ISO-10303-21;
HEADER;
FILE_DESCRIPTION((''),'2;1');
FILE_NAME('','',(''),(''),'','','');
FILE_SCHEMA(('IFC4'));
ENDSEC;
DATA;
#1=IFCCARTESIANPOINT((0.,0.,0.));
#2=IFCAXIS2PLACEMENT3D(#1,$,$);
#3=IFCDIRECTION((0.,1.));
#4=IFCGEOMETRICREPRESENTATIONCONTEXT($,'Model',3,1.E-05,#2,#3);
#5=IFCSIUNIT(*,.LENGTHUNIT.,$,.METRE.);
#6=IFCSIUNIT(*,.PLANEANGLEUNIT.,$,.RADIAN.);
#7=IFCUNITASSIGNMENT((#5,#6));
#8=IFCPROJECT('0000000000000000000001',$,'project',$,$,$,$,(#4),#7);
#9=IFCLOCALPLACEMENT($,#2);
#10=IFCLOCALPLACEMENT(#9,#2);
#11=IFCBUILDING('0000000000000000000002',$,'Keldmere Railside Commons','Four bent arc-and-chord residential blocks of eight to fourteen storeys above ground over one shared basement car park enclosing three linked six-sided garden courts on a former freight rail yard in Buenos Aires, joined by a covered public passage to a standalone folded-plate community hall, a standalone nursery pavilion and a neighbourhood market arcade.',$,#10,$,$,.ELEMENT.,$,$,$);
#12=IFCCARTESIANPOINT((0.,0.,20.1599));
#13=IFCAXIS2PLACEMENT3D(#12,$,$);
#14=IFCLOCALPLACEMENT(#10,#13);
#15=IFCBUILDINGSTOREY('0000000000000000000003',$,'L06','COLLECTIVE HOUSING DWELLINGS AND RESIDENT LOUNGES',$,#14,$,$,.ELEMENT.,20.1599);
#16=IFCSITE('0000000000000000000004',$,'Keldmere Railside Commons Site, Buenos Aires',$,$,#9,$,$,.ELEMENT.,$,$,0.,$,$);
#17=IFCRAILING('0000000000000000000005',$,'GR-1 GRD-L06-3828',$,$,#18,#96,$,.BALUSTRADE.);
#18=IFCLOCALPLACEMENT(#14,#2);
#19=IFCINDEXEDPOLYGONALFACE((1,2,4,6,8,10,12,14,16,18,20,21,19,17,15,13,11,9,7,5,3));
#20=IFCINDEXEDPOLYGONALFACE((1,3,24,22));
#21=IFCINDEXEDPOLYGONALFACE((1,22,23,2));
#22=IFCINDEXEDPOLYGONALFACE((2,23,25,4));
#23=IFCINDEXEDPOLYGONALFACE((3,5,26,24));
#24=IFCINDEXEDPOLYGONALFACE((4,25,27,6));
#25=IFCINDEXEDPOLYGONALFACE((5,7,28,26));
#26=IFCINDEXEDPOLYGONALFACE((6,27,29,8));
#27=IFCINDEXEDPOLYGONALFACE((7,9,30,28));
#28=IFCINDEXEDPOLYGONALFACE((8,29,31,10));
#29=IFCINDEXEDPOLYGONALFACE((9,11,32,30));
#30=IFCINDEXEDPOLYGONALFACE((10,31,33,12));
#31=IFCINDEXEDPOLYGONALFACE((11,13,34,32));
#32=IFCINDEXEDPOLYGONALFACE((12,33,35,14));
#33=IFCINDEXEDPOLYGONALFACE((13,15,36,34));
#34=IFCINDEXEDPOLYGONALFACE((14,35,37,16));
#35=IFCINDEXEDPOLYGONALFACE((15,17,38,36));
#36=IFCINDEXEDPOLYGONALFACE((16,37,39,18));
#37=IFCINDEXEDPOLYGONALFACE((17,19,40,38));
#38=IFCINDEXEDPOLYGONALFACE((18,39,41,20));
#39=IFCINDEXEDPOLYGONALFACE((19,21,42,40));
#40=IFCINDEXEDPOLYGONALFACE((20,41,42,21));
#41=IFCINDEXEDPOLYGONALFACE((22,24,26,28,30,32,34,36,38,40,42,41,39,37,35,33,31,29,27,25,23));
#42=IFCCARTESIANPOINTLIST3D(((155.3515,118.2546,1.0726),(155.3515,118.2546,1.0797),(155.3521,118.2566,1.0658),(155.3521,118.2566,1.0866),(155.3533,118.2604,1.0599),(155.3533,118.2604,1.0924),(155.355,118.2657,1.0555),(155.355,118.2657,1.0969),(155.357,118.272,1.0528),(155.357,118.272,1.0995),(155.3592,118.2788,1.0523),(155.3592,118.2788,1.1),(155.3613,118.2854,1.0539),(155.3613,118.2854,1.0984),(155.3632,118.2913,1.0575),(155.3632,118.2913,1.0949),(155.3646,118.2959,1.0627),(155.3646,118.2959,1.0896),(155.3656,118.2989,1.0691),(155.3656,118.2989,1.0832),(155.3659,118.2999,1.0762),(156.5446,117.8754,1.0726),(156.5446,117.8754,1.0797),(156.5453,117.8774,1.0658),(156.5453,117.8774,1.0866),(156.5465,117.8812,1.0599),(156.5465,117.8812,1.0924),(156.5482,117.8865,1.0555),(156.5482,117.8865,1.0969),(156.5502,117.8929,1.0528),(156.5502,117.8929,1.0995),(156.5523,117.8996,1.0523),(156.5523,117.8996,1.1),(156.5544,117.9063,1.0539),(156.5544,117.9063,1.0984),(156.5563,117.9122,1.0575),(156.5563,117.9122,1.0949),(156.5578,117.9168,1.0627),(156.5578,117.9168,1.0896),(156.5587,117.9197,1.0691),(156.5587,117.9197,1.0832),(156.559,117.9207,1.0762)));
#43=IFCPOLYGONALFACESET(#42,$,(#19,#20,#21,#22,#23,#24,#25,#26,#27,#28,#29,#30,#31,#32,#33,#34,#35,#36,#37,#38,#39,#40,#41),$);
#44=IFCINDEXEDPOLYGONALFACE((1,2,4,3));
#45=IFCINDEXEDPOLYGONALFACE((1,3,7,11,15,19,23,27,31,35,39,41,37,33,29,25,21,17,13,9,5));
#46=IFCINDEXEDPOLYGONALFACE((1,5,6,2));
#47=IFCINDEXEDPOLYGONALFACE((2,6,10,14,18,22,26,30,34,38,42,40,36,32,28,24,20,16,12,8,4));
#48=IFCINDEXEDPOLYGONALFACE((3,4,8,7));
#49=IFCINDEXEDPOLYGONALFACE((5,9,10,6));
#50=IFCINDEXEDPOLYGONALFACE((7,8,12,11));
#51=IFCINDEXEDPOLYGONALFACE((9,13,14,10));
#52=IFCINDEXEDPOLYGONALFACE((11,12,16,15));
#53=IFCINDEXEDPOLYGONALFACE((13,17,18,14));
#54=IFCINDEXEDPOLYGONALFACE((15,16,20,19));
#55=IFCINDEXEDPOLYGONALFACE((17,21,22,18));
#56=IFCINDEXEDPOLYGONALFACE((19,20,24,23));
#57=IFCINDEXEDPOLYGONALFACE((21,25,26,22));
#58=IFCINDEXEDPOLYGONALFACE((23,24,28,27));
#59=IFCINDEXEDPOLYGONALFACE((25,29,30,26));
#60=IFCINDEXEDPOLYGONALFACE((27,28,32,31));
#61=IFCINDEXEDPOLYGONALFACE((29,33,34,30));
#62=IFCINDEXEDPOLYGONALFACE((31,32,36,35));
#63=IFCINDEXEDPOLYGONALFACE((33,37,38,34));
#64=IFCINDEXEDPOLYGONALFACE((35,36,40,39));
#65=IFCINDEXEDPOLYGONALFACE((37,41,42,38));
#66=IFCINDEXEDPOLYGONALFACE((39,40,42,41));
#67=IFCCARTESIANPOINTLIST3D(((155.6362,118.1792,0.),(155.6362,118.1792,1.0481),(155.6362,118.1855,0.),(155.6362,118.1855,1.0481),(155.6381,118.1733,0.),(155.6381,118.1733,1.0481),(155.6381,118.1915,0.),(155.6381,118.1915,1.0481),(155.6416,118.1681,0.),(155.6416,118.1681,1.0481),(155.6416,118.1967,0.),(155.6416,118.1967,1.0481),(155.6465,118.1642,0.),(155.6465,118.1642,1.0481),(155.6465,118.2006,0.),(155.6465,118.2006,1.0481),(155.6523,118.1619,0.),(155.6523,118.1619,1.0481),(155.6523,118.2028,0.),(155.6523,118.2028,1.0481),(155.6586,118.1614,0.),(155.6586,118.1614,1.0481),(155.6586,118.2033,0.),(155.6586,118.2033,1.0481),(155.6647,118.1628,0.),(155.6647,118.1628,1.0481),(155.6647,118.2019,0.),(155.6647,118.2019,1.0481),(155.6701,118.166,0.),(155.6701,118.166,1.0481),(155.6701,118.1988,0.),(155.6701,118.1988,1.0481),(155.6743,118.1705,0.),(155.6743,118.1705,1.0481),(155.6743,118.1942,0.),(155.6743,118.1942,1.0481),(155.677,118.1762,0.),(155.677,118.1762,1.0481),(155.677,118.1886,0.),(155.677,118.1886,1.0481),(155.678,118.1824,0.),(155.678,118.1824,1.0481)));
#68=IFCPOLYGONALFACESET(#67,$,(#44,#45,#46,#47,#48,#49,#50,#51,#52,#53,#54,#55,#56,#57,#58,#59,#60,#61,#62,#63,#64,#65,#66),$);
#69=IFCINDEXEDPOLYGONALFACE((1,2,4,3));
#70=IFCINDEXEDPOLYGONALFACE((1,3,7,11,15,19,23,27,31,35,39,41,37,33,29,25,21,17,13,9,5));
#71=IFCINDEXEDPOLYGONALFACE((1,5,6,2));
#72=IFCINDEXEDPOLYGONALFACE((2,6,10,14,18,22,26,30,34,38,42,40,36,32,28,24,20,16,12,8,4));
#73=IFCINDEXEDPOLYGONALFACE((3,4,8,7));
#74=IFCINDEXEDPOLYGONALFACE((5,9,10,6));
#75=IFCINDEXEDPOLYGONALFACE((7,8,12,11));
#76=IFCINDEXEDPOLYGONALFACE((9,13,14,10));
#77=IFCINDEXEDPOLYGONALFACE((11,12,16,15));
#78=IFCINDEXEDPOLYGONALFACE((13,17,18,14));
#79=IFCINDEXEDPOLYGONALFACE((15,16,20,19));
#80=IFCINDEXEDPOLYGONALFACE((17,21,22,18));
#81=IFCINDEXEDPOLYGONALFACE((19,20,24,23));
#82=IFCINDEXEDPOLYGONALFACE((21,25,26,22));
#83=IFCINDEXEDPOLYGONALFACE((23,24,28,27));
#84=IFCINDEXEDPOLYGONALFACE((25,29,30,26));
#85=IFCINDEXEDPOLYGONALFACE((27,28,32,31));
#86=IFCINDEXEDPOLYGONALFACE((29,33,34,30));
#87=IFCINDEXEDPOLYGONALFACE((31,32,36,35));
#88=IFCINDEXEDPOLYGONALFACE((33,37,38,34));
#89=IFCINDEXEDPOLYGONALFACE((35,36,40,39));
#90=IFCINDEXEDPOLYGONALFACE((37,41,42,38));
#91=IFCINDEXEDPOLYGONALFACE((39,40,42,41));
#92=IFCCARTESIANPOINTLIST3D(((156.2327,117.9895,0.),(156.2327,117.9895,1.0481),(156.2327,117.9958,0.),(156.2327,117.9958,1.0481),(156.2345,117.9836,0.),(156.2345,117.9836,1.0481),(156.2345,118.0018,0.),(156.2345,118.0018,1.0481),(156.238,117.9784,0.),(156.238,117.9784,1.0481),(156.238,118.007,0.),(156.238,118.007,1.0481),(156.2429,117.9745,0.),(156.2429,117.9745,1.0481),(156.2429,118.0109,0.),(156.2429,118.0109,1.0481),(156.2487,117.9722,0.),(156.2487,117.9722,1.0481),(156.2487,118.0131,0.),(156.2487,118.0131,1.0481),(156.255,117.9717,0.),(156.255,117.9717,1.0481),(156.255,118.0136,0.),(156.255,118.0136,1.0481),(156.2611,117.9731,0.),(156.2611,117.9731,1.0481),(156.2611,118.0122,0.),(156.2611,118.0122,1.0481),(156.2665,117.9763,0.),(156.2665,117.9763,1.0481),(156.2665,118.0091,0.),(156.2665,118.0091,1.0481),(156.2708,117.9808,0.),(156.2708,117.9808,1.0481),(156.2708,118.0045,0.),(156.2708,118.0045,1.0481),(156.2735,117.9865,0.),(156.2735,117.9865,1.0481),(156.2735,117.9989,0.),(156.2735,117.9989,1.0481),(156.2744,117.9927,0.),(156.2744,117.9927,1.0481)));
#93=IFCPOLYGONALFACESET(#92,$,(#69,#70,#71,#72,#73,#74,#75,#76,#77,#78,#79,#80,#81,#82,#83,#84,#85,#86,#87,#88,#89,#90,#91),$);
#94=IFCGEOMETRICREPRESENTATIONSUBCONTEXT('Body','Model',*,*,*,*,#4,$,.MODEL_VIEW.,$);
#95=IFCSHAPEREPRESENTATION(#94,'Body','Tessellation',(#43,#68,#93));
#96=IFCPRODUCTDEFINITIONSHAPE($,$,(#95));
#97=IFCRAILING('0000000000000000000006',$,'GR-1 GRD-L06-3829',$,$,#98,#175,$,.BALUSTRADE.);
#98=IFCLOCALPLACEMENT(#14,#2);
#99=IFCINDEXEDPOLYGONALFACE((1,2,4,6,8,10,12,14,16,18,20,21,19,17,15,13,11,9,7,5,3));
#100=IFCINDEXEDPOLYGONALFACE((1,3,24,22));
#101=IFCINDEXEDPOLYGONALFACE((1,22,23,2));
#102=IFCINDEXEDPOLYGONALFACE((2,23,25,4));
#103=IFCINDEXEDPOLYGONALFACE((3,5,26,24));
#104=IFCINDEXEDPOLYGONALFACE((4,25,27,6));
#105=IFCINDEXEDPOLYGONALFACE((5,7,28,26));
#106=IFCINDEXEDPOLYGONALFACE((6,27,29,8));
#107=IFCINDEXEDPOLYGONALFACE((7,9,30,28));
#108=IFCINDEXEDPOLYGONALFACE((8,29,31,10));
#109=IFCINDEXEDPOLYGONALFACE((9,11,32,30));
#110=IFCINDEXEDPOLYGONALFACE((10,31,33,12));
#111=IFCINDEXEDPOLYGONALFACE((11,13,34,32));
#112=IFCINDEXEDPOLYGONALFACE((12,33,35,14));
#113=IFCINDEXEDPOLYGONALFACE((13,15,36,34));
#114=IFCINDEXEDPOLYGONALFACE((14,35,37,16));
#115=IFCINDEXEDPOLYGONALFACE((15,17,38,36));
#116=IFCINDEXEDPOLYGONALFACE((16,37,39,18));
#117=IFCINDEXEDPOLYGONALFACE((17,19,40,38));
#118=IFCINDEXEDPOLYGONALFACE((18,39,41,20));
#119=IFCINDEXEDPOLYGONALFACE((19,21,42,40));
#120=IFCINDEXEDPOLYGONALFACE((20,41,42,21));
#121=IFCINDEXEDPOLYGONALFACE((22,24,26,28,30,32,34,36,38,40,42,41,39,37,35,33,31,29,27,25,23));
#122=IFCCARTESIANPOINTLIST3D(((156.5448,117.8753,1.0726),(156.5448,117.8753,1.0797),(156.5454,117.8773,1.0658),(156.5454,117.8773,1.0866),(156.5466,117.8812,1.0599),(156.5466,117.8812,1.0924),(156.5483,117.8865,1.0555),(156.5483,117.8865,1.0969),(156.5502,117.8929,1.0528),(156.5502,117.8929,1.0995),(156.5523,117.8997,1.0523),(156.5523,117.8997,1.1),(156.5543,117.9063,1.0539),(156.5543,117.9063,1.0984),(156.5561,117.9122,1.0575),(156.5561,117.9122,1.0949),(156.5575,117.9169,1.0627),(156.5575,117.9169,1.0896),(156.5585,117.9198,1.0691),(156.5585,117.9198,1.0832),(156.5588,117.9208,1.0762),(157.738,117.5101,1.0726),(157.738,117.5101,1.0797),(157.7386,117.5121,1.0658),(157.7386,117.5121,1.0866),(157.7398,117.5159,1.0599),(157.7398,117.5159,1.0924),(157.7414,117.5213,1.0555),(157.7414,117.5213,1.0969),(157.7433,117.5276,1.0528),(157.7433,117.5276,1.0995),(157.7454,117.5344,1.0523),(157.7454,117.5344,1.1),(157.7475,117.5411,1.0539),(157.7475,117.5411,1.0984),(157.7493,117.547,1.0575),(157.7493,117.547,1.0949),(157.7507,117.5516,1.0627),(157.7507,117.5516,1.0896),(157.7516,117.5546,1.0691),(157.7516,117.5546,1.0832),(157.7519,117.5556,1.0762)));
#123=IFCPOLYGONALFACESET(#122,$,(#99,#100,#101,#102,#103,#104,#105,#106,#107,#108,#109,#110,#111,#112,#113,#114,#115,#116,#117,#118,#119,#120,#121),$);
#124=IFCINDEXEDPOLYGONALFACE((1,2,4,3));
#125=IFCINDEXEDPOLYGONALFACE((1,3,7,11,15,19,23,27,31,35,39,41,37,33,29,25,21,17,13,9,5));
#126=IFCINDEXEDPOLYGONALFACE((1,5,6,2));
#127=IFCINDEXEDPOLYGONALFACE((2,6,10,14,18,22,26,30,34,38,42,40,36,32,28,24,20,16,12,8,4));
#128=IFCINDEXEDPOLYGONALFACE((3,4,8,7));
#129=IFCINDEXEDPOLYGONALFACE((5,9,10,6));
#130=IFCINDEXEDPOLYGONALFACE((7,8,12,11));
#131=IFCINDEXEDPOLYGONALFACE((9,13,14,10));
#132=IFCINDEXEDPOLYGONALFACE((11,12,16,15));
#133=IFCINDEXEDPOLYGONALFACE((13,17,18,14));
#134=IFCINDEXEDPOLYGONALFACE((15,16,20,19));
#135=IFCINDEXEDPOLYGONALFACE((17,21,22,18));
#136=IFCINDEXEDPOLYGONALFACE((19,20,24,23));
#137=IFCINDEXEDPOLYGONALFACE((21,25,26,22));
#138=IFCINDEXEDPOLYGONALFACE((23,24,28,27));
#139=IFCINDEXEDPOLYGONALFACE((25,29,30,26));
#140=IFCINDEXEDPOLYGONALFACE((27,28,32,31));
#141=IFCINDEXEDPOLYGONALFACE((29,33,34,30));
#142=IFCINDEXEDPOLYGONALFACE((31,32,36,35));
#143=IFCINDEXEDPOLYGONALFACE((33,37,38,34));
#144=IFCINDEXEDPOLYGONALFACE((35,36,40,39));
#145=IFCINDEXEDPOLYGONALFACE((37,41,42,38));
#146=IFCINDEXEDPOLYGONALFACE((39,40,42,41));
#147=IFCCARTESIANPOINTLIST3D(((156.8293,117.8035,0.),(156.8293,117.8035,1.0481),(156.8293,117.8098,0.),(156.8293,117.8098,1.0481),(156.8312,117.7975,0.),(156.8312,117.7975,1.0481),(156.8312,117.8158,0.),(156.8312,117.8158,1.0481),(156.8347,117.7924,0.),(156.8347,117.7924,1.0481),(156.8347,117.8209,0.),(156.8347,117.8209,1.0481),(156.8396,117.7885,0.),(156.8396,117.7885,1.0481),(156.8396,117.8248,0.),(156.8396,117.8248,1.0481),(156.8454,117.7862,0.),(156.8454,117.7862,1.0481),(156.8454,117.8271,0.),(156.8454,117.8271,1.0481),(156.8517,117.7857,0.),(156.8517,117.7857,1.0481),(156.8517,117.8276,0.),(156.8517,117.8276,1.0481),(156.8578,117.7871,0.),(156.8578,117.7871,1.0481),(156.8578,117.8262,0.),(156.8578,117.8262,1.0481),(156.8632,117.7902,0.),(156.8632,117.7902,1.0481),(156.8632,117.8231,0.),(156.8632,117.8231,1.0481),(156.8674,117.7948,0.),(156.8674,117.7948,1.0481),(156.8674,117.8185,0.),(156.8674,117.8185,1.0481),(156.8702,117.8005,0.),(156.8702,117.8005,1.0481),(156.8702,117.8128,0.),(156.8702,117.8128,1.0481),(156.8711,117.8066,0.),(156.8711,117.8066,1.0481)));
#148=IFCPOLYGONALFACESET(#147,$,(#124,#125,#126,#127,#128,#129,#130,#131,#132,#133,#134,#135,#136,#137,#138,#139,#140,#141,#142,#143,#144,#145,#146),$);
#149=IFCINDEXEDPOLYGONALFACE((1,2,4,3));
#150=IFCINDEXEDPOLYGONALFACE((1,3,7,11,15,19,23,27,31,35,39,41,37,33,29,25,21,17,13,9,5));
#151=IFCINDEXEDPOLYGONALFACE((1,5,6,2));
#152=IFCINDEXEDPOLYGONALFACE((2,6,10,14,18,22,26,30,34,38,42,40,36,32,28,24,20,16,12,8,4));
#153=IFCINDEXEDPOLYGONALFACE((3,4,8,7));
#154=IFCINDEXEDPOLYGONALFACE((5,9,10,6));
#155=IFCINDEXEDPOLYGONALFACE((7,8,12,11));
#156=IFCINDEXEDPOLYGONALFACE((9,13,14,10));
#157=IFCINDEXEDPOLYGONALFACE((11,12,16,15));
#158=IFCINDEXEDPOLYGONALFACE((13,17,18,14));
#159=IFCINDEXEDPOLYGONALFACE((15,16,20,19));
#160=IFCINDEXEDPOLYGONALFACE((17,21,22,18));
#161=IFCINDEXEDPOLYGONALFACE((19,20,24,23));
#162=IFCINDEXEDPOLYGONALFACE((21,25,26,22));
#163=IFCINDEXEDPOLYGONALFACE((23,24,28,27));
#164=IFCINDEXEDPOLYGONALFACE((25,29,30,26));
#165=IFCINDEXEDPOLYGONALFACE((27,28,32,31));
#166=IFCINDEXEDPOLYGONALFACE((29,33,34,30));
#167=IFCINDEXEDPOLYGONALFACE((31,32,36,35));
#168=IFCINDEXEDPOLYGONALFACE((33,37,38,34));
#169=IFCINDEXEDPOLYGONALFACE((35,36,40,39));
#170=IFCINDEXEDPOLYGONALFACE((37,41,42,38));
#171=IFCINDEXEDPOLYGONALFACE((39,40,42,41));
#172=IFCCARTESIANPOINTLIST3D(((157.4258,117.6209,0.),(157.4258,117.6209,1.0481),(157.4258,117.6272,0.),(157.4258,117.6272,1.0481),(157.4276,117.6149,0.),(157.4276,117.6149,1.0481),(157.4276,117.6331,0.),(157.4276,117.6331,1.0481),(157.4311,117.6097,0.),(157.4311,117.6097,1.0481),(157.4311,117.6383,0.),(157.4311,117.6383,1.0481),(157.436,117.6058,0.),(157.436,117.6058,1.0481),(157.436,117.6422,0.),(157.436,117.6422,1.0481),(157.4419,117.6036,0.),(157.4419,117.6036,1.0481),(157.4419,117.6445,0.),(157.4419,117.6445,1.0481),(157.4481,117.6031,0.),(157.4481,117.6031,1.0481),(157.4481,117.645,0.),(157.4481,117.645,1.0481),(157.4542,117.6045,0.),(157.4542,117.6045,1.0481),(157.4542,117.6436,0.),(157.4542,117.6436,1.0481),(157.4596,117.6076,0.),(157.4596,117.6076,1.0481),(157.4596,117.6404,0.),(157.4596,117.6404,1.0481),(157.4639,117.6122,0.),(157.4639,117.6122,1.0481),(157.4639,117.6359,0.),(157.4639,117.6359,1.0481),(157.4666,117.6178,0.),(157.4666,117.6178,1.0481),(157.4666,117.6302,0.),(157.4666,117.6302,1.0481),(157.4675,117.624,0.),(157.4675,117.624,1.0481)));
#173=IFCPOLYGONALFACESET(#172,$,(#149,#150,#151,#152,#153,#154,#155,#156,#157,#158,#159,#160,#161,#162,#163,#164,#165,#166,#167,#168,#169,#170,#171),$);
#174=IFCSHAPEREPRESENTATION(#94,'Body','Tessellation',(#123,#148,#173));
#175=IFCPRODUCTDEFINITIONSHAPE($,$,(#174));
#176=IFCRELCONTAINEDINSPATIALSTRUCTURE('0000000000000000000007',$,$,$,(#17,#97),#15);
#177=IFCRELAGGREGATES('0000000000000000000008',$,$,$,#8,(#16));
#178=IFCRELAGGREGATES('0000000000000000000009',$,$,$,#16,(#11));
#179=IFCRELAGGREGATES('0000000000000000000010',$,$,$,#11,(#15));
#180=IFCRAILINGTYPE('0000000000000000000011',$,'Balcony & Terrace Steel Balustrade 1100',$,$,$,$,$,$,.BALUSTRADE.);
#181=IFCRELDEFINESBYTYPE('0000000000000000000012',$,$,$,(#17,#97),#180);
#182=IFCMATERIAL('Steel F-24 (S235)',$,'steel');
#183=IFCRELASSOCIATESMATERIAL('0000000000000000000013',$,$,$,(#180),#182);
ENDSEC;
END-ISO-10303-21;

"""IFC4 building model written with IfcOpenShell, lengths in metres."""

from ifc_helpers import new_model, si_unit, direction, frame, origin, origin_2d, place, context, subcontext, project, spatial, circle, extrude, material, type_object, element, save


model = new_model("IFC4")

# Units and contexts
model_context = context("Model", 3, precision=1e-05, world=origin(), true_north=direction((0.0, 1.0)))
body_context = subcontext(model_context, "Body", "Model", "MODEL_VIEW")
ifc_project = project(units=[si_unit("LENGTHUNIT", "METRE"), si_unit("PLANEANGLEUNIT", "RADIAN")], contexts=[model_context])

# Site, building, storey
site_placement = place(None, origin())
site = spatial("IfcSite", under=ifc_project, at=site_placement, Name="Keldmere Railside Commons Site, Buenos Aires", CompositionType="ELEMENT", RefElevation=0.0)
building_placement = place(site_placement, origin())
building = spatial("IfcBuilding", under=site, at=building_placement, Name="Keldmere Railside Commons", Description="Four bent arc-and-chord residential blocks of eight to fourteen storeys above ground over one shared basement car park enclosing three linked six-sided garden courts on a former freight rail yard in Buenos Aires, joined by a covered public passage to a standalone folded-plate community hall, a standalone nursery pavilion and a neighbourhood market arcade.", CompositionType="ELEMENT")
storey_placement = place(building_placement, frame((0.0, 0.0, 20.1599)))
storey = spatial("IfcBuildingStorey", under=building, at=storey_placement, Name="L06", Description="COLLECTIVE HOUSING DWELLINGS AND RESIDENT LOUNGES", CompositionType="ELEMENT", Elevation=20.1599)

# Shared definitions
ifc_material_1 = material(Name="Steel F-24 (S235)", Category="steel")

# Railings
railing_type_1 = type_object("IfcRailingType", Name="Balcony & Terrace Steel Balustrade 1100", PredefinedType="BALUSTRADE", material=ifc_material_1)
railing_1_placement = place(storey_placement, frame((155.3586, 118.2771, 0.0)))
element("IfcRailing", 1, at=railing_1_placement, inside=storey, type_object=railing_type_1, Name="GR-1 GRD-L06-3828", PredefinedType="BALUSTRADE", context=body_context, shape_type="SweptSolid", body=[
    extrude(circle(Radius=0.0239, at=origin_2d()), frame((0.0, 0.0, 1.0762), z_axis=(0.953036, -0.302858, 0.0), x_axis=(0.302858, 0.953036, 0.0)), (0.0, 0.0, 1.0), 1.252),
    extrude(circle(Radius=0.021, at=origin_2d()), frame((0.2983, -0.0947, 0.0)), (0.0, 0.0, 1.0), 1.0481),
    extrude(circle(Radius=0.021, at=origin_2d()), frame((0.8948, -0.2844, 0.0)), (0.0, 0.0, 1.0), 1.0481),
])
railing_2_placement = place(storey_placement, frame((156.5518, 117.8979, 0.0)))
element("IfcRailing", 2, at=railing_2_placement, inside=storey, type_object=railing_type_1, Name="GR-1 GRD-L06-3829", PredefinedType="BALUSTRADE", context=body_context, shape_type="SweptSolid", body=[
    extrude(circle(Radius=0.0239, at=origin_2d()), frame((0.0, 0.0, 1.0762), z_axis=(0.956201, -0.292711, 0.0), x_axis=(0.292711, 0.956201, 0.0)), (0.0, 0.0, 1.0), 1.2478),
    extrude(circle(Radius=0.021, at=origin_2d()), frame((0.2983, -0.0913, 0.0)), (0.0, 0.0, 1.0), 1.0481),
    extrude(circle(Radius=0.021, at=origin_2d()), frame((0.8948, -0.2739, 0.0)), (0.0, 0.0, 1.0), 1.0481),
])

save(model, "model.ifc")
